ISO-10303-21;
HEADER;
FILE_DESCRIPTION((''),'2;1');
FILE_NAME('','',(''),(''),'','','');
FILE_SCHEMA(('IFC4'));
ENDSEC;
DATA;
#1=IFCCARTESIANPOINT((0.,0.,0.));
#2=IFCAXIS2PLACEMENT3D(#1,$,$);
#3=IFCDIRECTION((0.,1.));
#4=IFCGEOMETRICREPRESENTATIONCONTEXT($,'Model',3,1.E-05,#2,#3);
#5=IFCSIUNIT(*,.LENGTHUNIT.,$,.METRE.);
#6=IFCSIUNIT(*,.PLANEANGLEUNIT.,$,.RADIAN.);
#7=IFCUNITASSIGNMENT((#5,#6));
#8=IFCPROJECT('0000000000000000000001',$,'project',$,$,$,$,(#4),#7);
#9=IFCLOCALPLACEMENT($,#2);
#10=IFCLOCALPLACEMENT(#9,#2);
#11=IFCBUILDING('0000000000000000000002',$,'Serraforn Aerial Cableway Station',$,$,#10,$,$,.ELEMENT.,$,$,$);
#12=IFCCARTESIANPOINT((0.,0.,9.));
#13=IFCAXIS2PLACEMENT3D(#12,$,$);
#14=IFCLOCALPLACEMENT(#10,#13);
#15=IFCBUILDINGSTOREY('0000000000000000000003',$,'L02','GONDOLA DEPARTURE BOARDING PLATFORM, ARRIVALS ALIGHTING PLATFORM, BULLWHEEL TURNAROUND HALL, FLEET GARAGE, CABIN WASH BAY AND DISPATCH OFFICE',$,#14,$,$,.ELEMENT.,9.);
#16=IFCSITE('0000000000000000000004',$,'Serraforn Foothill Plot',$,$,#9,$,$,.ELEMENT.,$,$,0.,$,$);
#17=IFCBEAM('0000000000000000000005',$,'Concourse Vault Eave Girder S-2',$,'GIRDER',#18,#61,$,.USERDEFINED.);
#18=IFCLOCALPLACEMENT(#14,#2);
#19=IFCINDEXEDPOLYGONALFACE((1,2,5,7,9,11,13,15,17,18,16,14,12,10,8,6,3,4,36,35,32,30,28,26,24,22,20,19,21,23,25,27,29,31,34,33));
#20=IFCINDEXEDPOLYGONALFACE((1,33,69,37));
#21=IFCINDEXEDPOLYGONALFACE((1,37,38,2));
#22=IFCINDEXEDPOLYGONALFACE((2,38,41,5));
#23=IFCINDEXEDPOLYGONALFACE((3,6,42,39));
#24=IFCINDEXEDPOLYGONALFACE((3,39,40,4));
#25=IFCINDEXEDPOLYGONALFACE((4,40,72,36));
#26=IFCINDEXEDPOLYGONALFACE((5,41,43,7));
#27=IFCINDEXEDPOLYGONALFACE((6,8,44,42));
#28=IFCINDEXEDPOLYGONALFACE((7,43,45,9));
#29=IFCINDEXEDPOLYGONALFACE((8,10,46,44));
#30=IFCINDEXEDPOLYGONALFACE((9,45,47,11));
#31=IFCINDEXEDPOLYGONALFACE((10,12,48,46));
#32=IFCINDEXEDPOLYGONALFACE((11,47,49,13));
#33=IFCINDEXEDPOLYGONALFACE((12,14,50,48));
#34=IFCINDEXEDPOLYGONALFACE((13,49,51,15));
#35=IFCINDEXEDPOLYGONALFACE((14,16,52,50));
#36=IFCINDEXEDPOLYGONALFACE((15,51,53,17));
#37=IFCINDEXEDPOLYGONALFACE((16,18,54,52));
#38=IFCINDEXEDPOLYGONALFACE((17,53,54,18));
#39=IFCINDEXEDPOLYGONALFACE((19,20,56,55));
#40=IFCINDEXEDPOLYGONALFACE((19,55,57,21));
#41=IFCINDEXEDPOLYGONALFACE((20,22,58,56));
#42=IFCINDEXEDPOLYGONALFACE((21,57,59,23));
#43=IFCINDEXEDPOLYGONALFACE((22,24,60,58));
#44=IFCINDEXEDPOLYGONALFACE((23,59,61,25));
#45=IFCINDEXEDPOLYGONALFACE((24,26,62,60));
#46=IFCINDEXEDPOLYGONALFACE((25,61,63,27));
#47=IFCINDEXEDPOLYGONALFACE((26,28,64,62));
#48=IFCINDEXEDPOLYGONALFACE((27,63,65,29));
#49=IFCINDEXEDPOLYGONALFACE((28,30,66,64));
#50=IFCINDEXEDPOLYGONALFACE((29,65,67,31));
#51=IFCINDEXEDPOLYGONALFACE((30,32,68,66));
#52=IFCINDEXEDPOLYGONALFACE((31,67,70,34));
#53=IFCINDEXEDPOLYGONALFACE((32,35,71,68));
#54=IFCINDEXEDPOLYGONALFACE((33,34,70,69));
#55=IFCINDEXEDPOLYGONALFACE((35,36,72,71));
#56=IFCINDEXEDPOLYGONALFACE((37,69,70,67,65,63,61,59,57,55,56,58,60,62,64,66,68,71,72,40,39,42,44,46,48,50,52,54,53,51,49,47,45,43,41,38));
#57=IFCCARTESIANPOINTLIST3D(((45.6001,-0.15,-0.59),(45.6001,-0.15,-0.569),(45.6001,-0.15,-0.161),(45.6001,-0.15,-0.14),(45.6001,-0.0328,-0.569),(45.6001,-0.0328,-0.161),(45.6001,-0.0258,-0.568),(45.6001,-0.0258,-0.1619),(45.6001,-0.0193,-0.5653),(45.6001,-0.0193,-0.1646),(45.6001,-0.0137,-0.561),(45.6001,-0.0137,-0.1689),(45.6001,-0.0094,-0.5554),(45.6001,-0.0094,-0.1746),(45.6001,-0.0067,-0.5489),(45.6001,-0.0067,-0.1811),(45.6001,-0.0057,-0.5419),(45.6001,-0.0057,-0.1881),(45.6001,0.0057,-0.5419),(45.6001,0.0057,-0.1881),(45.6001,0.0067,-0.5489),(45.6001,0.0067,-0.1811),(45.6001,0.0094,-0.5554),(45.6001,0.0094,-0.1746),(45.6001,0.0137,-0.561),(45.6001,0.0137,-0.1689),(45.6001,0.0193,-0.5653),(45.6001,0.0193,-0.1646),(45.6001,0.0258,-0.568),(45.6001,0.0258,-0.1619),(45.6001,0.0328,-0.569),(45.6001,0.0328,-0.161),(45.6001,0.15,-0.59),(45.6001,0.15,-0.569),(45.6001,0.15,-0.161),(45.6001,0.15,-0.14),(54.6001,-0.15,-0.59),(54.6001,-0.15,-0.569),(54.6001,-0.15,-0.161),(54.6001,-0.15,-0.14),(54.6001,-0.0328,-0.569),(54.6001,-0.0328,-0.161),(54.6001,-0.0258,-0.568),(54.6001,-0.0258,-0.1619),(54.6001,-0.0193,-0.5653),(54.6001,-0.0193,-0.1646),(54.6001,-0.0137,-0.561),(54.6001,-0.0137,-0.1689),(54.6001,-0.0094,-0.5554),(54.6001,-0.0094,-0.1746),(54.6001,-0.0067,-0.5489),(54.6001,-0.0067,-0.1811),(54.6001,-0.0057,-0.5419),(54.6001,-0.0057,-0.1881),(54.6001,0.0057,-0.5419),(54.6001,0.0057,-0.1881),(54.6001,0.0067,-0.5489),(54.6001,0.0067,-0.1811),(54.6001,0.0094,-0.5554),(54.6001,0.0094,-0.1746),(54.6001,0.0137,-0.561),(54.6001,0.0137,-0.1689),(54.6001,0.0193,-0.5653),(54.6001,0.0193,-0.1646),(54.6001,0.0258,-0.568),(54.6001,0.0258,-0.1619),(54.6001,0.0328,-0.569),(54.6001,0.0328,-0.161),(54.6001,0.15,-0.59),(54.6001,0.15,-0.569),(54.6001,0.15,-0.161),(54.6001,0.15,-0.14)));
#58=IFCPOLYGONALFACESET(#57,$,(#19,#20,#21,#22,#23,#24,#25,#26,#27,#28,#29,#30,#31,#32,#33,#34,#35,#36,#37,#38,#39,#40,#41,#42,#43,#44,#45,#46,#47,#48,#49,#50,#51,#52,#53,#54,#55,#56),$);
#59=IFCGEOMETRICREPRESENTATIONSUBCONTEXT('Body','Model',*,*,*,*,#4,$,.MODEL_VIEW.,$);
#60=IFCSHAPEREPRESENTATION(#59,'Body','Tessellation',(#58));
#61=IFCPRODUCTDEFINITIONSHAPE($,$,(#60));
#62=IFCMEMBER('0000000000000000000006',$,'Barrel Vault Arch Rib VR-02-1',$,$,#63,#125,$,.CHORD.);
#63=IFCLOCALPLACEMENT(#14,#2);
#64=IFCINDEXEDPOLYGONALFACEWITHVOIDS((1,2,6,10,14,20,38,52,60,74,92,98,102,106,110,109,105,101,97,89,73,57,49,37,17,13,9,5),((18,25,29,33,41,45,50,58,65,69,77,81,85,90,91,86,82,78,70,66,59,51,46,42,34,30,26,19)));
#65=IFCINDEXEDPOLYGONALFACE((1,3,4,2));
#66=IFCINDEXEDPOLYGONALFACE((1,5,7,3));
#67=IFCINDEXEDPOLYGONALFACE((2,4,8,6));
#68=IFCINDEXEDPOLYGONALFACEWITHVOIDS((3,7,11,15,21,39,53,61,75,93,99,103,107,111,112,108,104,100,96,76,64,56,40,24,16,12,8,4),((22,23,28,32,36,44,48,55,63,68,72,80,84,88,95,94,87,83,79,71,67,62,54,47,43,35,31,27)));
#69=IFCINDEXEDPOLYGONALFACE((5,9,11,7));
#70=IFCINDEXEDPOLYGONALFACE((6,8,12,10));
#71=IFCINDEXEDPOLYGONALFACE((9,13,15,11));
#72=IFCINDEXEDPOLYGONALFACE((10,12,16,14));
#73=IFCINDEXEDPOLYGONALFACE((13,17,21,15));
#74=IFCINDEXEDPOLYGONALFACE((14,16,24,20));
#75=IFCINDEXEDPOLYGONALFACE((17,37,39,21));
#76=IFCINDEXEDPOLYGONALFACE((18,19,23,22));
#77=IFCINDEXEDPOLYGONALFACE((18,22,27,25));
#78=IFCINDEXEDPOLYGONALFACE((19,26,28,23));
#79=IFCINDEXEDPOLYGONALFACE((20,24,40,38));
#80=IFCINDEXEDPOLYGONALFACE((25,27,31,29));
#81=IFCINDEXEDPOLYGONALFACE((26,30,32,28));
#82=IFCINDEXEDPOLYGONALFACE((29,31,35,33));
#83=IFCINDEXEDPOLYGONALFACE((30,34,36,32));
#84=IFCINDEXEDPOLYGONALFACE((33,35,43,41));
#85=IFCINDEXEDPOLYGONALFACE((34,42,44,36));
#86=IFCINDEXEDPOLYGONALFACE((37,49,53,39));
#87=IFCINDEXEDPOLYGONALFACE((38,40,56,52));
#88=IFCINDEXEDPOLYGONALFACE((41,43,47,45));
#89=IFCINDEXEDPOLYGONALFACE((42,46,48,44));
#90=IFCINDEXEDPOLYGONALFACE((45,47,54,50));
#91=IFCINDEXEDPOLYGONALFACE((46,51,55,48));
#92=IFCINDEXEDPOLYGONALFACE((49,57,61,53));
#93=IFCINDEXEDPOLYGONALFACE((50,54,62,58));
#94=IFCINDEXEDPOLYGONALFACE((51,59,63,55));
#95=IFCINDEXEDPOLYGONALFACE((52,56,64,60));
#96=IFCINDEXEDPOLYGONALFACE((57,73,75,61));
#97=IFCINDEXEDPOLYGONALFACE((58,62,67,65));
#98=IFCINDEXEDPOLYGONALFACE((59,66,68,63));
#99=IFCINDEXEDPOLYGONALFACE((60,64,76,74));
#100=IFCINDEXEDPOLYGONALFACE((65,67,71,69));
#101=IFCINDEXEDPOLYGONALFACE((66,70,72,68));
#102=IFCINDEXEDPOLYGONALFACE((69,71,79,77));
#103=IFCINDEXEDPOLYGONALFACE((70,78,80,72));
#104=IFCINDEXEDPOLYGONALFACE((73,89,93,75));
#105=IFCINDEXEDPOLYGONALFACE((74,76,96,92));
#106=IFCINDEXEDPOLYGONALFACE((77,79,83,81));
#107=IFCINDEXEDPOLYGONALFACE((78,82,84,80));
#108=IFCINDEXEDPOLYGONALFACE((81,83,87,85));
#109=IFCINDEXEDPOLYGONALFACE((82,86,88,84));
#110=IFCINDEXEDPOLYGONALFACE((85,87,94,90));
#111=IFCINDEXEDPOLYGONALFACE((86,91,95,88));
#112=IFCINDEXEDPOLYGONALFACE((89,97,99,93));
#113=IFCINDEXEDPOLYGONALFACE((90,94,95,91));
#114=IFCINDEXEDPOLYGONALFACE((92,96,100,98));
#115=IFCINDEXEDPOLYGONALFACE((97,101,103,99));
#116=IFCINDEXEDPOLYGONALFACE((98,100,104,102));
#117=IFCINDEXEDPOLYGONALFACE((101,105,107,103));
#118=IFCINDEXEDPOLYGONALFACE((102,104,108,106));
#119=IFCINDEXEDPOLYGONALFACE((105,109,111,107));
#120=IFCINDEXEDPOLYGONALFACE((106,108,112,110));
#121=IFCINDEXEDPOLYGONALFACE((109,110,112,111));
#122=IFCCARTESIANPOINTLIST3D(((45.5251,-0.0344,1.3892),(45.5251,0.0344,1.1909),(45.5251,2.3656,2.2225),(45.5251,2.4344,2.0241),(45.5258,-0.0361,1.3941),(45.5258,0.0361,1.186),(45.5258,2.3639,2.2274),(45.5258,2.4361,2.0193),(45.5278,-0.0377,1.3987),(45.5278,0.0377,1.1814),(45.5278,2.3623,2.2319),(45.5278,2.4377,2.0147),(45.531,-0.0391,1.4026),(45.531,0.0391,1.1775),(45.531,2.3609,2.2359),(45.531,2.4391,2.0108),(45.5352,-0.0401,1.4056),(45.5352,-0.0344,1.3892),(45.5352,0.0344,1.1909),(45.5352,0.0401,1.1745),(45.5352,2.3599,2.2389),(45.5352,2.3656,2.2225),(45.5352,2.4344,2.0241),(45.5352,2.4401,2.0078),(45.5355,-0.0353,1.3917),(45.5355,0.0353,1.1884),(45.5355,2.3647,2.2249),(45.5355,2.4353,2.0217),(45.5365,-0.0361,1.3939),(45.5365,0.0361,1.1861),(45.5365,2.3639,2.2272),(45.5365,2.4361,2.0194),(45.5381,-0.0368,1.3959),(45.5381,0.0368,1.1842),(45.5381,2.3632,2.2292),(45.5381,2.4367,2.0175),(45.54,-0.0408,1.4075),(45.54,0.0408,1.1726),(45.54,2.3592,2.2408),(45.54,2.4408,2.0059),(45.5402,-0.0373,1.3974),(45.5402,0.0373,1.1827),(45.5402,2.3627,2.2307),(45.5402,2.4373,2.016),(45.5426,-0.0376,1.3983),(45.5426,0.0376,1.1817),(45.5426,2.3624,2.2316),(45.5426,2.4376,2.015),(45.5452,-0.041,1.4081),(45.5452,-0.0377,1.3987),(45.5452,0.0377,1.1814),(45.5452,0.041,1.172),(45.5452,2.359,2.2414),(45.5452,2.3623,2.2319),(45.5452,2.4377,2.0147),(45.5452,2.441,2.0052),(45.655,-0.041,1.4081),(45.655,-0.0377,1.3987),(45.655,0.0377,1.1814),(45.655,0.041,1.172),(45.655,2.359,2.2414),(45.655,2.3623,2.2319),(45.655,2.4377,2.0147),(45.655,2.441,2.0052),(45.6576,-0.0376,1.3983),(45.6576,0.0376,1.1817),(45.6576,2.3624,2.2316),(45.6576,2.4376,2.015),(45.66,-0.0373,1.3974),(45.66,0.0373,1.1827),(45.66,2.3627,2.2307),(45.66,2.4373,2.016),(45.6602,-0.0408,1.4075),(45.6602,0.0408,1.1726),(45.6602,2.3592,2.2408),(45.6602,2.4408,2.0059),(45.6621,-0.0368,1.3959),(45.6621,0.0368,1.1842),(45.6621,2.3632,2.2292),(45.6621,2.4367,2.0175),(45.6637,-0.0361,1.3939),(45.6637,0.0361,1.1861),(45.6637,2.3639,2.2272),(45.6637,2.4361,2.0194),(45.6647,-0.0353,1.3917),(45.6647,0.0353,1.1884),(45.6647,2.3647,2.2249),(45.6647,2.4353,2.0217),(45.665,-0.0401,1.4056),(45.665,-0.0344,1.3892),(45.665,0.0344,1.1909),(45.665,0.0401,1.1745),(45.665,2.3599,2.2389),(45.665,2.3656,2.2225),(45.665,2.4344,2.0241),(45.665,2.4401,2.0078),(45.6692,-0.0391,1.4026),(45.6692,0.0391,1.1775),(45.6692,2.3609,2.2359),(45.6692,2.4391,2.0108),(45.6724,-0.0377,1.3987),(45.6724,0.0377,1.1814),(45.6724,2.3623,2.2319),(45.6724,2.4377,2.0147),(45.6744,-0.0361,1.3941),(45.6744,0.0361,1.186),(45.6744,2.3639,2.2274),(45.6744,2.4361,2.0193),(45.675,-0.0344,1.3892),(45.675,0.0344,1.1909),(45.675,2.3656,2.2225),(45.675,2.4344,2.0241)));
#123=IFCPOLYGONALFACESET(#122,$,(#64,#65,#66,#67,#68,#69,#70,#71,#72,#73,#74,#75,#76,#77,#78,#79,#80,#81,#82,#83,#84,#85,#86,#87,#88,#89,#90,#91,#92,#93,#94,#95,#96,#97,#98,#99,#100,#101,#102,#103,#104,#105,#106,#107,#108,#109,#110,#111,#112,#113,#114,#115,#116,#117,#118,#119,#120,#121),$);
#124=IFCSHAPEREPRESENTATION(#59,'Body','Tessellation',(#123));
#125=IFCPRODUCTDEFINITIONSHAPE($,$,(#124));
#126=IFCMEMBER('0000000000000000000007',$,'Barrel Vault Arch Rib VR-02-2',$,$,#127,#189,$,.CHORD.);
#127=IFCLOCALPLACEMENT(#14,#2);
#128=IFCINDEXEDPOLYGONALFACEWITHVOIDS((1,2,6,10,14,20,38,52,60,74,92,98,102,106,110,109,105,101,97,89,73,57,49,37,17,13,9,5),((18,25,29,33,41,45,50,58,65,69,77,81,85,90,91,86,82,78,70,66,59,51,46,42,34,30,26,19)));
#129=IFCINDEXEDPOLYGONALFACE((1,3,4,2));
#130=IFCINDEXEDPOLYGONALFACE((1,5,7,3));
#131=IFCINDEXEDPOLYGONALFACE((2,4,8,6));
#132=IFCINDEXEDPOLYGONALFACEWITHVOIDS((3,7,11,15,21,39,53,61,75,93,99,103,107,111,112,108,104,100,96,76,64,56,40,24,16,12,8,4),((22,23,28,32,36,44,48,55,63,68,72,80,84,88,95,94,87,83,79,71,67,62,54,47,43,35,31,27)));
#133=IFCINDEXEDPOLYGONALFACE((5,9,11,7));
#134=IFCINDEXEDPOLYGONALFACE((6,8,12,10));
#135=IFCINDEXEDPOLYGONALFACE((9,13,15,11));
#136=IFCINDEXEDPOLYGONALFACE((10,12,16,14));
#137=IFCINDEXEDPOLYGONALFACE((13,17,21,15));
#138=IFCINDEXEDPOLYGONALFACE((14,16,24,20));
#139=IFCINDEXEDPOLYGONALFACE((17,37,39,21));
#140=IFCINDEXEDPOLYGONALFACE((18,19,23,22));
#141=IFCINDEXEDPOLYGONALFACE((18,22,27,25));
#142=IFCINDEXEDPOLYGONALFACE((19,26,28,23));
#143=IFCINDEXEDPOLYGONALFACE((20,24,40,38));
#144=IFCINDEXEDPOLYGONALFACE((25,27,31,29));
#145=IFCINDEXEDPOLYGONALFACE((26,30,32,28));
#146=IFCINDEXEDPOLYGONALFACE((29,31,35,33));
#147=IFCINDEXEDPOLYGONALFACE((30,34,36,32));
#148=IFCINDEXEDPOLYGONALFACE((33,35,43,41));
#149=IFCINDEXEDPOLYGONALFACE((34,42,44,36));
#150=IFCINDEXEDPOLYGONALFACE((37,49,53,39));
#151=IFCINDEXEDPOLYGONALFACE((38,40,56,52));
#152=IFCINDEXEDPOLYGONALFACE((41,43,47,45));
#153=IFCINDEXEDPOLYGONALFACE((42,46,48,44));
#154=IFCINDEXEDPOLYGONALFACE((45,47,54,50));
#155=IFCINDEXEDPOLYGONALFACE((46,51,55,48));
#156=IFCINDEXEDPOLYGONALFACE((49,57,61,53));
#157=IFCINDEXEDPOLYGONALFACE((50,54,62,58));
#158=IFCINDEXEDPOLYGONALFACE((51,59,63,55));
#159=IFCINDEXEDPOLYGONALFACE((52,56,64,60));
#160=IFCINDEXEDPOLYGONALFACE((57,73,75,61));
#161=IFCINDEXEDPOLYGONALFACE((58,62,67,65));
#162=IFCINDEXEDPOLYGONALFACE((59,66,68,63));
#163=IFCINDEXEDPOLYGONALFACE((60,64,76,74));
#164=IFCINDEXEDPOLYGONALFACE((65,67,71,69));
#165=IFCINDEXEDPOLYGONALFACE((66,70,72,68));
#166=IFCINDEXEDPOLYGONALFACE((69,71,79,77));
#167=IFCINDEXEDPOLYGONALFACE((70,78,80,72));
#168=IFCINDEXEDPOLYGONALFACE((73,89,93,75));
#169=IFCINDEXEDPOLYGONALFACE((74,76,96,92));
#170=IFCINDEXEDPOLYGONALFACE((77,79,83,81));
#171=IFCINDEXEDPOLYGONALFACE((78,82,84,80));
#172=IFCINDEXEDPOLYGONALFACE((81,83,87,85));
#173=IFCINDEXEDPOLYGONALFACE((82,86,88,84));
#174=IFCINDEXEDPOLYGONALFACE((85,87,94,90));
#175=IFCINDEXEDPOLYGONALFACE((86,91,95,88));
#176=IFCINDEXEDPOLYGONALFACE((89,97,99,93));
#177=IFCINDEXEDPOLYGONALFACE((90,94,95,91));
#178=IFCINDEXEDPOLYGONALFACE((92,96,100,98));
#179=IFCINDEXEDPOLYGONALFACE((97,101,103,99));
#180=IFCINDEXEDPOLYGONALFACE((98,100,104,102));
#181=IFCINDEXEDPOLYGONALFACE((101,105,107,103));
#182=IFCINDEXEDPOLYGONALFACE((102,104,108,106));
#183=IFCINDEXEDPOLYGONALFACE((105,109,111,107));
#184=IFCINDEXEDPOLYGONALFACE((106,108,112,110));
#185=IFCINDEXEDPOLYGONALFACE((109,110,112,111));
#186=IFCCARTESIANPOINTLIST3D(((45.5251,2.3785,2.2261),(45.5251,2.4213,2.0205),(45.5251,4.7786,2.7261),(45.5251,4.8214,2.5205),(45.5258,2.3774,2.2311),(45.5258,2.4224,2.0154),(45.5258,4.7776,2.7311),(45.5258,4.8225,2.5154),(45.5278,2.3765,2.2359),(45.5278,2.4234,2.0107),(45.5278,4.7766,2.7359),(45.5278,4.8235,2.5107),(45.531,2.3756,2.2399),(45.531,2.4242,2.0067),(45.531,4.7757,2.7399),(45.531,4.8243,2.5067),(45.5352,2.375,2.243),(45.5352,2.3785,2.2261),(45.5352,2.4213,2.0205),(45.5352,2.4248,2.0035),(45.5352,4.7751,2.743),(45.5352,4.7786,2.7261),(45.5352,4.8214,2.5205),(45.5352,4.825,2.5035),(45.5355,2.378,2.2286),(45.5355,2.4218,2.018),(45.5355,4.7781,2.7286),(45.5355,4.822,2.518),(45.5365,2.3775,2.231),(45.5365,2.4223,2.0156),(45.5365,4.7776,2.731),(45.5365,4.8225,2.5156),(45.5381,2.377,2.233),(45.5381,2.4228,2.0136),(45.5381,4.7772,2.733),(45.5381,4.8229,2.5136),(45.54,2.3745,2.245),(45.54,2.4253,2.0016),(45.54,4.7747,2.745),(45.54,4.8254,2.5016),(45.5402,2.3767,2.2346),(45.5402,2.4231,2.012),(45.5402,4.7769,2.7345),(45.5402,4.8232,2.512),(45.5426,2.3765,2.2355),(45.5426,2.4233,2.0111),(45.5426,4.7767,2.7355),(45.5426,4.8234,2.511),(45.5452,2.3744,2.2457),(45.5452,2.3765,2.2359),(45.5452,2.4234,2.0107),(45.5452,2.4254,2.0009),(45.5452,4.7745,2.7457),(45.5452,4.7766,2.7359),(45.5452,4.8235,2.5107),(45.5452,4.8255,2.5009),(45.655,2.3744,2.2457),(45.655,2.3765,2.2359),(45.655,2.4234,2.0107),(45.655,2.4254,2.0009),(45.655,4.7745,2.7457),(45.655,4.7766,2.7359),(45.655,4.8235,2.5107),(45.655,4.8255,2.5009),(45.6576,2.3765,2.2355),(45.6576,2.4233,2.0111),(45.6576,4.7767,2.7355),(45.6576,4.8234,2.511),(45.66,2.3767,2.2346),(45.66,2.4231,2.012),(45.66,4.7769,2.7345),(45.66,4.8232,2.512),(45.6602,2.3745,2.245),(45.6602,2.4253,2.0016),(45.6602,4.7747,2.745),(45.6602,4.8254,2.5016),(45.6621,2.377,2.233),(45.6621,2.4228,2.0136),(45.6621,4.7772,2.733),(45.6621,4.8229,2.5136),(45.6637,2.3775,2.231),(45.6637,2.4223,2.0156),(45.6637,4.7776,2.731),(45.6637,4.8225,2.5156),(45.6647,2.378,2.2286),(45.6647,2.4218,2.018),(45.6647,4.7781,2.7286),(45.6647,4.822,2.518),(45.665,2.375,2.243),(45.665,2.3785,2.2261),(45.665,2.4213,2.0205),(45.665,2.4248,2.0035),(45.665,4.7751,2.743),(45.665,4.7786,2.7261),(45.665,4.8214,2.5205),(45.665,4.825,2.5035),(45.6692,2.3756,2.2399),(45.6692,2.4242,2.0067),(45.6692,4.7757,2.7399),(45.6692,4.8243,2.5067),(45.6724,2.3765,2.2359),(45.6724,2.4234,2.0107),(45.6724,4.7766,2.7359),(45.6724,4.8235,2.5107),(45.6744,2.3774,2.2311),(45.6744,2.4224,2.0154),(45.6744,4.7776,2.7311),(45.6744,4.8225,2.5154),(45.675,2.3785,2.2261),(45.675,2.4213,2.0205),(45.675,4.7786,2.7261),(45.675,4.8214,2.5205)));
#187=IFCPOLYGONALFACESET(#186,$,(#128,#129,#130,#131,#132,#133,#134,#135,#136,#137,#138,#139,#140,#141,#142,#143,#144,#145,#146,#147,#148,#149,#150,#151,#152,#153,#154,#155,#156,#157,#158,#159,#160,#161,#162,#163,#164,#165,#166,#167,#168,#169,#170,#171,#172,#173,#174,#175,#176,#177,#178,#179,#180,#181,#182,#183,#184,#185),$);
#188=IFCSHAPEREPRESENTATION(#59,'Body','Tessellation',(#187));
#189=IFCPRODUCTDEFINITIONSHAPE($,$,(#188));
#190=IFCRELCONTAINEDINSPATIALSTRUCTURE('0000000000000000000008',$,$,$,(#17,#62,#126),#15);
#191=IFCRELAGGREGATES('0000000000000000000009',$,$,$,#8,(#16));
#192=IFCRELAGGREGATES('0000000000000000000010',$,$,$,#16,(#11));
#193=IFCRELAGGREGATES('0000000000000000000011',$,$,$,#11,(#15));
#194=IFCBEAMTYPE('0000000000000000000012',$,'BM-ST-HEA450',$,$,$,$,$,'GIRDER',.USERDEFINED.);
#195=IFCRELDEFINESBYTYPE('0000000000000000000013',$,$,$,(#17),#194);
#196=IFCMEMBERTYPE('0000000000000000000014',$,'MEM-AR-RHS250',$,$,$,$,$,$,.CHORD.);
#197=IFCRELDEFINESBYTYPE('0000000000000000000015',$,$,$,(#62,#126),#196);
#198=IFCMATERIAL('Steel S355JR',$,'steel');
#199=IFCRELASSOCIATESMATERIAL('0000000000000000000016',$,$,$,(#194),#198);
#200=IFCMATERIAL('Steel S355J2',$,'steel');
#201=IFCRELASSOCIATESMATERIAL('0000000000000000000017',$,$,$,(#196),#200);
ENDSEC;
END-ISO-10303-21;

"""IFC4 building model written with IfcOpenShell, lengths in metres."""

from ifc_helpers import new_model, si_unit, direction, frame, origin, origin_2d, place, context, subcontext, project, spatial, hollow_rectangle, i_section, extrude, material, material_profile, profile_set, type_object, element, save


model = new_model("IFC4")

# Units and contexts
model_context = context("Model", 3, precision=1e-05, world=origin(), true_north=direction((0.0, 1.0)))
body_context = subcontext(model_context, "Body", "Model", "MODEL_VIEW")
ifc_project = project(units=[si_unit("LENGTHUNIT", "METRE"), si_unit("PLANEANGLEUNIT", "RADIAN")], contexts=[model_context])

# Site, building, storey
site_placement = place(None, origin())
site = spatial("IfcSite", under=ifc_project, at=site_placement, Name="Serraforn Foothill Plot", CompositionType="ELEMENT", RefElevation=0.0)
building_placement = place(site_placement, origin())
building = spatial("IfcBuilding", under=site, at=building_placement, Name="Serraforn Aerial Cableway Station", CompositionType="ELEMENT")
storey_placement = place(building_placement, frame((0.0, 0.0, 9.0)))
storey = spatial("IfcBuildingStorey", under=building, at=storey_placement, Name="L02", Description="GONDOLA DEPARTURE BOARDING PLATFORM, ARRIVALS ALIGHTING PLATFORM, BULLWHEEL TURNAROUND HALL, FLEET GARAGE, CABIN WASH BAY AND DISPATCH OFFICE", CompositionType="ELEMENT", Elevation=9.0)

# Beam
ifc_material_1 = material(Name="Steel S355JR", Category="steel")
ifc_material_profile_1 = material_profile(ifc_material_1, i_section(OverallWidth=0.3, OverallDepth=0.45, WebThickness=0.0115, FlangeThickness=0.021, FilletRadius=0.0271, at=origin_2d()), Name="HEA 450")
ifc_profile_set_1 = profile_set([ifc_material_profile_1], Name="Steel S355JR")
beam_type = type_object("IfcBeamType", Name="BM-ST-HEA450", ElementType="GIRDER", PredefinedType="USERDEFINED", material=ifc_profile_set_1)
beam_placement = place(storey_placement, frame((45.6001, 0.0, -0.365), z_axis=(1.0, 0.0, 0.0), x_axis=(0.0, 1.0, 0.0)))
element("IfcBeam", 1, at=beam_placement, inside=storey, type_object=beam_type, Name="Concourse Vault Eave Girder S-2", ObjectType="GIRDER", PredefinedType="USERDEFINED", context=body_context, shape_type="SweptSolid", body=[
    extrude(i_section(OverallWidth=0.3, OverallDepth=0.45, WebThickness=0.0115, FlangeThickness=0.021, FilletRadius=0.0271, at=origin_2d()), origin(), (0.0, 0.0, 1.0), 9.0),
])

# Members
ifc_material_2 = material(Name="Steel S355J2", Category="steel")
ifc_material_profile_2 = material_profile(ifc_material_2, hollow_rectangle(XDim=0.1499, YDim=0.25, WallThickness=0.01, InnerFilletRadius=0.01, OuterFilletRadius=0.02, at=origin_2d()), Name="RHS 250x150x10.0")
ifc_profile_set_2 = profile_set([ifc_material_profile_2], Name="Steel S355J2")
member_type_1 = type_object("IfcMemberType", Name="MEM-AR-RHS250", PredefinedType="CHORD", material=ifc_profile_set_2)
member_1_placement = place(storey_placement, frame((45.6001, 0.0, 1.29), z_axis=(0.0, 0.944679, 0.327995), x_axis=(-1.0, 0.0, 0.0)))
element("IfcMember", 2, at=member_1_placement, inside=storey, type_object=member_type_1, Name="Barrel Vault Arch Rib VR-02-1", PredefinedType="CHORD", context=body_context, shape_type="SweptSolid", body=[
    extrude(hollow_rectangle(XDim=0.1499, YDim=0.25, WallThickness=0.01, InnerFilletRadius=0.01, OuterFilletRadius=0.02, at=origin_2d()), origin(), (0.0, 0.0, 1.0), 2.5405),
])
member_2_placement = place(storey_placement, frame((45.6001, 2.3999, 2.1233), z_axis=(0.0, 0.978983, 0.203942), x_axis=(-1.0, 0.0, 0.0)))
element("IfcMember", 3, at=member_2_placement, inside=storey, type_object=member_type_1, Name="Barrel Vault Arch Rib VR-02-2", PredefinedType="CHORD", context=body_context, shape_type="SweptSolid", body=[
    extrude(hollow_rectangle(XDim=0.1499, YDim=0.25, WallThickness=0.01, InnerFilletRadius=0.01, OuterFilletRadius=0.02, at=origin_2d()), origin(), (0.0, 0.0, 1.0), 2.4517),
])

save(model, "model.ifc")
